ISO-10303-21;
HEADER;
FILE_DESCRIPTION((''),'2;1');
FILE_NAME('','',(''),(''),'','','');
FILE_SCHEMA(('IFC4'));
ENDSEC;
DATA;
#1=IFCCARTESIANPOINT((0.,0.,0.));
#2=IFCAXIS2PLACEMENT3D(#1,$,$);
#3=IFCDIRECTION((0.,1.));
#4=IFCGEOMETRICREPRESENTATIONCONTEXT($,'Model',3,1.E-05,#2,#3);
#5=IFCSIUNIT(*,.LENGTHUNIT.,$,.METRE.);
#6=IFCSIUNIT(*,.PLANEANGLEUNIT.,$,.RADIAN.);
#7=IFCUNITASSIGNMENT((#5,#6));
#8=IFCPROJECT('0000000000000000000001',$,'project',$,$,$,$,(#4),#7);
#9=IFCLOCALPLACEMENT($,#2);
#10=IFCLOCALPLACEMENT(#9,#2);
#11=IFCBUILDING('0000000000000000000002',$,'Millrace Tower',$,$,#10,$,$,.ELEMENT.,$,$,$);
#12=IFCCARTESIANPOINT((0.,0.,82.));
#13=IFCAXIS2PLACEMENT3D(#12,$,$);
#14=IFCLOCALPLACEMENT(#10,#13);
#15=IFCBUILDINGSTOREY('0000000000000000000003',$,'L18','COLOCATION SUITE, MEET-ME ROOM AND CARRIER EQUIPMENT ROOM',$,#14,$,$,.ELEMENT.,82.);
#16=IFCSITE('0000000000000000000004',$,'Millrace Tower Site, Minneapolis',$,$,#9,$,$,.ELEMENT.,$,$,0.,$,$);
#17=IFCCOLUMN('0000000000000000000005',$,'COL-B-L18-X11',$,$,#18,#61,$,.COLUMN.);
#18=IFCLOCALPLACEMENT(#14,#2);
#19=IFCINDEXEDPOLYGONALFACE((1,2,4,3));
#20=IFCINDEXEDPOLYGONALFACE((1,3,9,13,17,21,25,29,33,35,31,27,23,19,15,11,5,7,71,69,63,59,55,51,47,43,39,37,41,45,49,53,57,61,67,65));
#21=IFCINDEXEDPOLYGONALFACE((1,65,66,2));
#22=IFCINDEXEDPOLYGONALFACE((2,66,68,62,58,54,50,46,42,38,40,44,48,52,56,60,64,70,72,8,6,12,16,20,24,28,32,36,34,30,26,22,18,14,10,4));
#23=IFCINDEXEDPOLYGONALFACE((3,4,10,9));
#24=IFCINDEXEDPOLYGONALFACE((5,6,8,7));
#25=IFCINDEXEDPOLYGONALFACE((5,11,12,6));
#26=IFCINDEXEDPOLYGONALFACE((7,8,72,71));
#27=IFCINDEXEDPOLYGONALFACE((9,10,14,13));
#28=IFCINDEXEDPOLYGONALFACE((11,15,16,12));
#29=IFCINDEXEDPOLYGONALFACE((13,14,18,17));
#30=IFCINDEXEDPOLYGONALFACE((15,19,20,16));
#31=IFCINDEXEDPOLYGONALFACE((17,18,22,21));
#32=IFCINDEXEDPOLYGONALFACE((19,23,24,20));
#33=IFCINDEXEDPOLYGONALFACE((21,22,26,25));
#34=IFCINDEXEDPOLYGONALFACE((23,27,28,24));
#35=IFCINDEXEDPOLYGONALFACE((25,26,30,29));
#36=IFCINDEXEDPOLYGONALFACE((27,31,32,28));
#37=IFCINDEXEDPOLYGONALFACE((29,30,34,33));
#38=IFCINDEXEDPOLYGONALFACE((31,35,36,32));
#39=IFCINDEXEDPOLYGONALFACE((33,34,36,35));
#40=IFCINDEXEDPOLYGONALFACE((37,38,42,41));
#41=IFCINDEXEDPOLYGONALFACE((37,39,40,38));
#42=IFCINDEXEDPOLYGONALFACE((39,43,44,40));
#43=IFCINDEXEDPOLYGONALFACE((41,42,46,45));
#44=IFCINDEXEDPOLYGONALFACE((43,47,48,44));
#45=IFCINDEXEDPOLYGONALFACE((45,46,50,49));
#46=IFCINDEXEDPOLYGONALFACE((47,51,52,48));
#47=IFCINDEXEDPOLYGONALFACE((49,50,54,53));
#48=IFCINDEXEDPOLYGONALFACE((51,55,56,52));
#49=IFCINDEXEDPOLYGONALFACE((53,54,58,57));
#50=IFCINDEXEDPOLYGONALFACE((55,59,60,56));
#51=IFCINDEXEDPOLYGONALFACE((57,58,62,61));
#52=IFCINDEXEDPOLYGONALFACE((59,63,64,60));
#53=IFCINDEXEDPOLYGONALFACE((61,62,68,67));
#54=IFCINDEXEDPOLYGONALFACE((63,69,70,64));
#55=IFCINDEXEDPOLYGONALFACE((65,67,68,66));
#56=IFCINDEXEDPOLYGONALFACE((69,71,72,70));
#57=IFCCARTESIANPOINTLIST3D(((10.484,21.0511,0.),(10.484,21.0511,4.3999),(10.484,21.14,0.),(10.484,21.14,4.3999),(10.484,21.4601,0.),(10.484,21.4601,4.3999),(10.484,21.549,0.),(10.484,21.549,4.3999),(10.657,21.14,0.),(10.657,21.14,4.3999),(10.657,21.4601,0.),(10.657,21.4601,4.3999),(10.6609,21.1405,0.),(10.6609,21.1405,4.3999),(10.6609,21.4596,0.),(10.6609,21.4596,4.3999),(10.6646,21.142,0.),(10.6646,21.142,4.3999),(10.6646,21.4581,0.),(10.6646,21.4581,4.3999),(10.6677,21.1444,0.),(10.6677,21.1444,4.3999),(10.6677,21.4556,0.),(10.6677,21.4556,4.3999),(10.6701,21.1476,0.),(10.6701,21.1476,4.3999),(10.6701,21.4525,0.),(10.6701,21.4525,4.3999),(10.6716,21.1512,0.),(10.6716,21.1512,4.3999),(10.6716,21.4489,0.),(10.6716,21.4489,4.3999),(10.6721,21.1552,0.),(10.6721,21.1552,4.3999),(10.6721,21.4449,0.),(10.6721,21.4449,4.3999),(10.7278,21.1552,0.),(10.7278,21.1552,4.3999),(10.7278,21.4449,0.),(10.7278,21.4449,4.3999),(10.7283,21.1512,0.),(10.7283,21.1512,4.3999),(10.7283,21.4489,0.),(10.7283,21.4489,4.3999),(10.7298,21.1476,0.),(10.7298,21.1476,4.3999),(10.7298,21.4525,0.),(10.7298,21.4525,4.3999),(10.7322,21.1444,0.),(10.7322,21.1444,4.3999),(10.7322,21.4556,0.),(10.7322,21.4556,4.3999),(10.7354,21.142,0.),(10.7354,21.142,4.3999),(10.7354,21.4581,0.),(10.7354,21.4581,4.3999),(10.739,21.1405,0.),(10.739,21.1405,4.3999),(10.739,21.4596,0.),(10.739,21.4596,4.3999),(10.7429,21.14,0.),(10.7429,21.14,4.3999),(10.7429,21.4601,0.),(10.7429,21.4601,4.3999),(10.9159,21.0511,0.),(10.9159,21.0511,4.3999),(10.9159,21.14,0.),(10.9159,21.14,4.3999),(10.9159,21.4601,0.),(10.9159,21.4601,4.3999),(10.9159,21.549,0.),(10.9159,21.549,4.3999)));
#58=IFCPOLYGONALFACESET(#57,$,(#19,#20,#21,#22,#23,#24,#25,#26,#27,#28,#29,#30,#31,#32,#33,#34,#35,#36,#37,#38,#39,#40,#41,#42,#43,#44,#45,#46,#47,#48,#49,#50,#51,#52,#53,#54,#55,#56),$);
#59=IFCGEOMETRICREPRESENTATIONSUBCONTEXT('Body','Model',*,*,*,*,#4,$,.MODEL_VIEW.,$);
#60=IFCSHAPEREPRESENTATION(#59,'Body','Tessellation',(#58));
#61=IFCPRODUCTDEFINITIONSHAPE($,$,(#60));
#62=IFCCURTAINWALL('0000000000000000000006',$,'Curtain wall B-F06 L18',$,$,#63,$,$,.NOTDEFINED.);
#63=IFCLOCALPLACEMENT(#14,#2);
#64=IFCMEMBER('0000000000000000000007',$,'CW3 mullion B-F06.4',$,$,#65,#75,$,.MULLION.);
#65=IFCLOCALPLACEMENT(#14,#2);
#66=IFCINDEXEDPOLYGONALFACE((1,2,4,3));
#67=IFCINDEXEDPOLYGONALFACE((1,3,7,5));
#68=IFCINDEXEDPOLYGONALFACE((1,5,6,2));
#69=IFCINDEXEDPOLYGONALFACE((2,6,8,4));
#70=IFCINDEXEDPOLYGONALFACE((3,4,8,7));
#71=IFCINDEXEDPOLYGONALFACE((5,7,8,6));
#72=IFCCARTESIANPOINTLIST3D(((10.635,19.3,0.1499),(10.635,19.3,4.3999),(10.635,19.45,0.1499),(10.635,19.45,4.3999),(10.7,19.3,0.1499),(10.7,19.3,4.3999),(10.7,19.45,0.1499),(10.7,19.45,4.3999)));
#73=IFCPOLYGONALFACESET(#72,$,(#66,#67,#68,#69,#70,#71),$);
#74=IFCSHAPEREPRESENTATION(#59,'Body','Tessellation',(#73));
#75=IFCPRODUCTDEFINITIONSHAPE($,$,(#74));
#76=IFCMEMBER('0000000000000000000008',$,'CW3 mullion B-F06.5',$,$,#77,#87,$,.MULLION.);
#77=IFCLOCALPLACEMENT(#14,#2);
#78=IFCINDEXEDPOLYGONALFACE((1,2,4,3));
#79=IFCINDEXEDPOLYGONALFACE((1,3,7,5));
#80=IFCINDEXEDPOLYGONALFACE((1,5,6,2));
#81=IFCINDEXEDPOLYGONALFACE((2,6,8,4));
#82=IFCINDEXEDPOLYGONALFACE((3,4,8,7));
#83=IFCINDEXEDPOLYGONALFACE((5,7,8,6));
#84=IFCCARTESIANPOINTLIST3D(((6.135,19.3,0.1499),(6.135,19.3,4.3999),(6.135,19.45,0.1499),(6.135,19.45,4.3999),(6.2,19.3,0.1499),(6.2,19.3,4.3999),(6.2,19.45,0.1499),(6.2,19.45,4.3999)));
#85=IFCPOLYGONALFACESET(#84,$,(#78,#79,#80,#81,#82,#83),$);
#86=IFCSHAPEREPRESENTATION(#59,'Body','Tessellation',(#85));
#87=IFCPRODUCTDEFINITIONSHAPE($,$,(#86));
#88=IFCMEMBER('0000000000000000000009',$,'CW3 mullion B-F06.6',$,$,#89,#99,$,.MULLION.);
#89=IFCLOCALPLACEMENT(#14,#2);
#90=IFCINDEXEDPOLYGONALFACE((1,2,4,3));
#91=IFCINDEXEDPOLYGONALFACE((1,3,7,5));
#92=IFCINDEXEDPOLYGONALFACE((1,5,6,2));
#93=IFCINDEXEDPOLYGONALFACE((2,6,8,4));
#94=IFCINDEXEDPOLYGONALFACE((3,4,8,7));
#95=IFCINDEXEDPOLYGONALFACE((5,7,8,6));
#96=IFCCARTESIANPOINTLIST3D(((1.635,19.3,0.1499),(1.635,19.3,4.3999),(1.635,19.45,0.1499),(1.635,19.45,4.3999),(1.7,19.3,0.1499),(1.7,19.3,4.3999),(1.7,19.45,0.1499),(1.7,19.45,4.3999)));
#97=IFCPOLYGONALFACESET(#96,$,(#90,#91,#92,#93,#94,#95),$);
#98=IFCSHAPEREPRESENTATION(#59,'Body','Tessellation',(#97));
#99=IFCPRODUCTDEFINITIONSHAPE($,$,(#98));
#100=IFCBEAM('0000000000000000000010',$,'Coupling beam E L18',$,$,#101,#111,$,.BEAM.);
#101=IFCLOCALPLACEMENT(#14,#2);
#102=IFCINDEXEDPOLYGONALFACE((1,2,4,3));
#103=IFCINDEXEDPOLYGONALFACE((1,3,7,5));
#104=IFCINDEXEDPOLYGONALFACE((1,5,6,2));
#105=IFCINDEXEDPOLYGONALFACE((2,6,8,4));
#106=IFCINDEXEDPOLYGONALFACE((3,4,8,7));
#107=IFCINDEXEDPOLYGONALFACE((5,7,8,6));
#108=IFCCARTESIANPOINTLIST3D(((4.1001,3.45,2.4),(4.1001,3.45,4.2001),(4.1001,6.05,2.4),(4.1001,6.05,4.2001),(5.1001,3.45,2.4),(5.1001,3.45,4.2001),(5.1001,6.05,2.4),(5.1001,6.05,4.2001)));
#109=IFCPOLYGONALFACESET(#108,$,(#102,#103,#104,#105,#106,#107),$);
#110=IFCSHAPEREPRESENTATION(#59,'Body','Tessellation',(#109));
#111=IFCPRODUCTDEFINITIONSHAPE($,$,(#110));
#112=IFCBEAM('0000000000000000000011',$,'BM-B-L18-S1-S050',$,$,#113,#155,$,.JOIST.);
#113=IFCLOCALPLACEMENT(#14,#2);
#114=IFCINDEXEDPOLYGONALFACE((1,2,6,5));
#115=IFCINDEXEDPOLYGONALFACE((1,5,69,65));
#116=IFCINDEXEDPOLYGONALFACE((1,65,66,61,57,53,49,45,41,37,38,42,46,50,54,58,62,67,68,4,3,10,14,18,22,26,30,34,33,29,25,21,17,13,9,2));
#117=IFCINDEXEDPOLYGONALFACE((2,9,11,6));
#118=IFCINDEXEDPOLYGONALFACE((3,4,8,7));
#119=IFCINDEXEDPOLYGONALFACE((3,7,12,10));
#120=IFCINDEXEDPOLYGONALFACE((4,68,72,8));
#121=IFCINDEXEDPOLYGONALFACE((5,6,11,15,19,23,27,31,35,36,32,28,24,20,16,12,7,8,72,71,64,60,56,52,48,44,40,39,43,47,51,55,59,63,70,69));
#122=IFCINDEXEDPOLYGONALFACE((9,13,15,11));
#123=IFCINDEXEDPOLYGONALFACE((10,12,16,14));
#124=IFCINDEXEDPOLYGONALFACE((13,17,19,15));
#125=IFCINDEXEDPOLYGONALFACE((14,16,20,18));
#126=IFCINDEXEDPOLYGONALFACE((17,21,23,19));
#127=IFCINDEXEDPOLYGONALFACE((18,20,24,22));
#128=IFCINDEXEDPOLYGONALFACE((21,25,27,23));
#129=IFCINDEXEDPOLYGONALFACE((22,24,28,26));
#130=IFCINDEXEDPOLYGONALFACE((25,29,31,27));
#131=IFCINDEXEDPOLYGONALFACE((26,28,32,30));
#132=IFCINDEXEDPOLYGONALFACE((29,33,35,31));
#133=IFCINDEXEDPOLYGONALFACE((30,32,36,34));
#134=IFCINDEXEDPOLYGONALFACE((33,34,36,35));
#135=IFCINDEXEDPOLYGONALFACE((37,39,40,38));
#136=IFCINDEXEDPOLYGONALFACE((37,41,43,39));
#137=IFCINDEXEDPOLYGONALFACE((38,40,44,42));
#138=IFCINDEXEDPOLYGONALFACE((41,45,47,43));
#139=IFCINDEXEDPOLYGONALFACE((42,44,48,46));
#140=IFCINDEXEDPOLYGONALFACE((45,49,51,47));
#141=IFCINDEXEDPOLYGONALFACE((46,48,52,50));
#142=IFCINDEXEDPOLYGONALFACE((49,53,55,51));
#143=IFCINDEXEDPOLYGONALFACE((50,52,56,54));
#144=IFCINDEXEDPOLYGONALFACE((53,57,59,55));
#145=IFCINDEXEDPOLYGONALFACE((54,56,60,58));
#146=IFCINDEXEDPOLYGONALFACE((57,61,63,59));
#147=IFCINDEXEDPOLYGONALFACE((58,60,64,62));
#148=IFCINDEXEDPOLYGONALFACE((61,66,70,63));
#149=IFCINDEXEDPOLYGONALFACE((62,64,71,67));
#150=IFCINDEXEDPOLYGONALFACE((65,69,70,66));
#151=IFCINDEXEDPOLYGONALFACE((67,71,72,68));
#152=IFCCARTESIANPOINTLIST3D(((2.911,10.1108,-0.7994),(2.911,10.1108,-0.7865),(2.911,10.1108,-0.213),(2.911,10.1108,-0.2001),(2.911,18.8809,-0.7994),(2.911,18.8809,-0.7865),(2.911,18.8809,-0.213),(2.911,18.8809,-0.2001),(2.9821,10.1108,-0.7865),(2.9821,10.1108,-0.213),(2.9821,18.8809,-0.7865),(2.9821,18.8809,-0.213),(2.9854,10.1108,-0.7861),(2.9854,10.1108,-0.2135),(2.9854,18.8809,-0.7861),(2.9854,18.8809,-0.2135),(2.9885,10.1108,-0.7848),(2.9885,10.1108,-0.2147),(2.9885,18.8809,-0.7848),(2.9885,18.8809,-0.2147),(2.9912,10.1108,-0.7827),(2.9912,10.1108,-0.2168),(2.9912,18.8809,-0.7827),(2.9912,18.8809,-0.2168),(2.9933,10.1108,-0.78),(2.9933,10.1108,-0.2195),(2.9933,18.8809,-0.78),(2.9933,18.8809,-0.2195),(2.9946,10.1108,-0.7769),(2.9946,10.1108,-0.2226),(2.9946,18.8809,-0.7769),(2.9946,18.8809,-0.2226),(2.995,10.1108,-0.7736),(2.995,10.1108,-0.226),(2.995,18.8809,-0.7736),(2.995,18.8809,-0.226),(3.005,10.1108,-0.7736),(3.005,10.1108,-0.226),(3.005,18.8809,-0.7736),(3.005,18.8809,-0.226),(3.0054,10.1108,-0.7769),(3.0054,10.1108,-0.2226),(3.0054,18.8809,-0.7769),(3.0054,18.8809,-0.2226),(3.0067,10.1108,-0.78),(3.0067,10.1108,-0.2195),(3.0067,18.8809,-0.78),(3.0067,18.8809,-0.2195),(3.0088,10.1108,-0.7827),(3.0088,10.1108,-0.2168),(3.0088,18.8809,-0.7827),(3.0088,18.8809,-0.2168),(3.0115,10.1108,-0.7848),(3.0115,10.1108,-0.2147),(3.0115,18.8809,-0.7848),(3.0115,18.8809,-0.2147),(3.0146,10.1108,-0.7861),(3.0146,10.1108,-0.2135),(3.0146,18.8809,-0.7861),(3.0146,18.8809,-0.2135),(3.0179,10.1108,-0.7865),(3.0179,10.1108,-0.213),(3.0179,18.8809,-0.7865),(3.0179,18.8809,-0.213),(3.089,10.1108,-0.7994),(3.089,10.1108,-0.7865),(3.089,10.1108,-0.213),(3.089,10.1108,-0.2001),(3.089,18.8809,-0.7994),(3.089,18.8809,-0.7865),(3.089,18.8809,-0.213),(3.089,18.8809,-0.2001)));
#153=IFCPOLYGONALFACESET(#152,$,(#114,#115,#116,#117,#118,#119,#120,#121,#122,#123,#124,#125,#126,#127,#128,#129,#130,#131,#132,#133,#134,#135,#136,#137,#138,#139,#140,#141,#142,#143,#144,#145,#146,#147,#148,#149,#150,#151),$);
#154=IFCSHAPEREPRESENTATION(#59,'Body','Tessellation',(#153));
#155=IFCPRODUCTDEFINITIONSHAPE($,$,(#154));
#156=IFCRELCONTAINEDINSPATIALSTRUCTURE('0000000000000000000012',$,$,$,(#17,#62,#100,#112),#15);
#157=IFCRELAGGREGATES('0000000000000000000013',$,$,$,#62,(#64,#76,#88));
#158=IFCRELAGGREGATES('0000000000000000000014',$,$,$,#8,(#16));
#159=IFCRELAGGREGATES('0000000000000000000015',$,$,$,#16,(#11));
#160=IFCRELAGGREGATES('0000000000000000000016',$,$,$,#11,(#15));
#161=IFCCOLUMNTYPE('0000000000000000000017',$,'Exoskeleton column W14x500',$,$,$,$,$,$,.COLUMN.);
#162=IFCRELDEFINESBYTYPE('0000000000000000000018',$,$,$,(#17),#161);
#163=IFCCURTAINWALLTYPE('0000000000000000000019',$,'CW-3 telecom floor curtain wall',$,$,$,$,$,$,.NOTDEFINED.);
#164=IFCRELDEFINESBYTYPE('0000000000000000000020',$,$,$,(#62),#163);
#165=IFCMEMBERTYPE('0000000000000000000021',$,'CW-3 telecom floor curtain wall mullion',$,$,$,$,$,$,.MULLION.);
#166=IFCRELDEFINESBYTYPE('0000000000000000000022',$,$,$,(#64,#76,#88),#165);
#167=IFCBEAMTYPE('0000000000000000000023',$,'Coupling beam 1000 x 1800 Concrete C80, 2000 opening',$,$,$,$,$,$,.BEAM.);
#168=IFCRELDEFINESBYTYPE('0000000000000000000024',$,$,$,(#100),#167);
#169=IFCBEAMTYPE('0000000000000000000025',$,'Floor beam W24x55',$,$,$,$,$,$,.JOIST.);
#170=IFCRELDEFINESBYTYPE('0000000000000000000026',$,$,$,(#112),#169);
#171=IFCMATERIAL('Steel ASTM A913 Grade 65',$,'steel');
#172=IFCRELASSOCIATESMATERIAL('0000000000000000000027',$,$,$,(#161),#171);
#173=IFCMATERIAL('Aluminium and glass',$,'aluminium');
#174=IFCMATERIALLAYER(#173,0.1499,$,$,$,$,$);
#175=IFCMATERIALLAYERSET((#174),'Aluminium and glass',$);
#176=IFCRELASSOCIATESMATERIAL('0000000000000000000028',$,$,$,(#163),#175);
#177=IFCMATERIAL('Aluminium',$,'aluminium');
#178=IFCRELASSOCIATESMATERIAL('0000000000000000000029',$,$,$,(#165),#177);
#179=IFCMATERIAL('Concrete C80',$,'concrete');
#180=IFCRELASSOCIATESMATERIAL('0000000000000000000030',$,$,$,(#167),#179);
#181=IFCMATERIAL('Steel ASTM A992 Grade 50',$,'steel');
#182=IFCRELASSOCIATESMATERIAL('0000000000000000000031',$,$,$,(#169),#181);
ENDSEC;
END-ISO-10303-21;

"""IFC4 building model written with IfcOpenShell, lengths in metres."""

from ifc_helpers import new_model, si_unit, direction, frame, origin, origin_2d, place, context, subcontext, project, spatial, rectangle, i_section, extrude, material, layer, layer_set, material_profile, profile_set, type_object, element, aggregate, save


model = new_model("IFC4")

# Units and contexts
model_context = context("Model", 3, precision=1e-05, world=origin(), true_north=direction((0.0, 1.0)))
body_context = subcontext(model_context, "Body", "Model", "MODEL_VIEW")
ifc_project = project(units=[si_unit("LENGTHUNIT", "METRE"), si_unit("PLANEANGLEUNIT", "RADIAN")], contexts=[model_context])

# Site, building, storey
site_placement = place(None, origin())
site = spatial("IfcSite", under=ifc_project, at=site_placement, Name="Millrace Tower Site, Minneapolis", CompositionType="ELEMENT", RefElevation=0.0)
building_placement = place(site_placement, origin())
building = spatial("IfcBuilding", under=site, at=building_placement, Name="Millrace Tower", CompositionType="ELEMENT")
storey_placement = place(building_placement, frame((0.0, 0.0, 82.0)))
storey = spatial("IfcBuildingStorey", under=building, at=storey_placement, Name="L18", Description="COLOCATION SUITE, MEET-ME ROOM AND CARRIER EQUIPMENT ROOM", CompositionType="ELEMENT", Elevation=82.0)

# Column
ifc_material_1 = material(Name="Steel ASTM A913 Grade 65", Category="steel")
ifc_material_profile_1 = material_profile(ifc_material_1, i_section(OverallWidth=0.4319, OverallDepth=0.4978, WebThickness=0.0557, FlangeThickness=0.0889, FilletRadius=0.0151, at=origin_2d()))
ifc_profile_set_1 = profile_set([ifc_material_profile_1], Name="Steel ASTM A913 Grade 65")
column_type = type_object("IfcColumnType", Name="Exoskeleton column W14x500", PredefinedType="COLUMN", material=ifc_profile_set_1)
column_placement = place(storey_placement, frame((10.7, 21.3, 0.0), z_axis=(0.0, 0.0, 1.0), x_axis=(-1.0, 0.0, 0.0)))
element("IfcColumn", 1, at=column_placement, inside=storey, type_object=column_type, Name="COL-B-L18-X11", PredefinedType="COLUMN", context=body_context, shape_type="SweptSolid", body=[
    extrude(i_section(OverallWidth=0.4319, OverallDepth=0.4978, WebThickness=0.0557, FlangeThickness=0.0889, FilletRadius=0.0151, at=origin_2d()), origin(), (0.0, 0.0, 1.0), 4.3999),
])

# Curtain wall, members
ifc_material_2 = material(Name="Aluminium and glass", Category="aluminium")
ifc_layer_1 = layer(ifc_material_2, 0.1499)
ifc_layer_set_1 = layer_set([ifc_layer_1], Name="Aluminium and glass")
curtain_wall_type = type_object("IfcCurtainWallType", Name="CW-3 telecom floor curtain wall", PredefinedType="NOTDEFINED", material=ifc_layer_set_1)
curtain_wall_placement = place(storey_placement, origin())
curtain_wall = element("IfcCurtainWall", 2, at=curtain_wall_placement, inside=storey, type_object=curtain_wall_type, Name="Curtain wall B-F06 L18", PredefinedType="NOTDEFINED")
ifc_material_3 = material(Name="Aluminium", Category="aluminium")
ifc_material_profile_2 = material_profile(ifc_material_3, rectangle(XDim=0.0649, YDim=0.1499, at=origin_2d()))
ifc_profile_set_2 = profile_set([ifc_material_profile_2], Name="Aluminium")
member_type = type_object("IfcMemberType", Name="CW-3 telecom floor curtain wall mullion", PredefinedType="MULLION", material=ifc_profile_set_2)
member_1_placement = place(storey_placement, frame((10.6675, 19.375, 0.1499), z_axis=(0.0, 0.0, 1.0), x_axis=(-1.0, 0.0, 0.0)))
member_1 = element("IfcMember", 3, at=member_1_placement, type_object=member_type, Name="CW3 mullion B-F06.4", PredefinedType="MULLION", context=body_context, shape_type="SweptSolid", body=[
    extrude(rectangle(XDim=0.0649, YDim=0.1499, at=origin_2d()), origin(), (0.0, 0.0, 1.0), 4.25),
])
member_2_placement = place(storey_placement, frame((6.1675, 19.375, 0.1499), z_axis=(0.0, 0.0, 1.0), x_axis=(-1.0, 0.0, 0.0)))
member_2 = element("IfcMember", 4, at=member_2_placement, type_object=member_type, Name="CW3 mullion B-F06.5", PredefinedType="MULLION", context=body_context, shape_type="SweptSolid", body=[
    extrude(rectangle(XDim=0.0649, YDim=0.1499, at=origin_2d()), origin(), (0.0, 0.0, 1.0), 4.25),
])
member_3_placement = place(storey_placement, frame((1.6675, 19.375, 0.1499), z_axis=(0.0, 0.0, 1.0), x_axis=(-1.0, 0.0, 0.0)))
member_3 = element("IfcMember", 5, at=member_3_placement, type_object=member_type, Name="CW3 mullion B-F06.6", PredefinedType="MULLION", context=body_context, shape_type="SweptSolid", body=[
    extrude(rectangle(XDim=0.0649, YDim=0.1499, at=origin_2d()), origin(), (0.0, 0.0, 1.0), 4.25),
])
aggregate(curtain_wall, [member_1, member_2, member_3])

# Beams
ifc_material_4 = material(Name="Concrete C80", Category="concrete")
ifc_material_profile_3 = material_profile(ifc_material_4, rectangle(XDim=1.0, YDim=1.8, at=origin_2d()))
ifc_profile_set_3 = profile_set([ifc_material_profile_3], Name="Concrete C80")
beam_type_1 = type_object("IfcBeamType", Name="Coupling beam 1000 x 1800 Concrete C80, 2000 opening", PredefinedType="BEAM", material=ifc_profile_set_3)
beam_1_placement = place(storey_placement, frame((4.6001, 6.05, 3.3), z_axis=(0.0, -1.0, 0.0), x_axis=(1.0, 0.0, 0.0)))
element("IfcBeam", 6, at=beam_1_placement, inside=storey, type_object=beam_type_1, Name="Coupling beam E L18", PredefinedType="BEAM", context=body_context, shape_type="SweptSolid", body=[
    extrude(rectangle(XDim=1.0, YDim=1.8, at=origin_2d()), origin(), (0.0, 0.0, 1.0), 2.6001),
])
ifc_material_5 = material(Name="Steel ASTM A992 Grade 50", Category="steel")
ifc_material_profile_4 = material_profile(ifc_material_5, i_section(OverallWidth=0.178, OverallDepth=0.5994, WebThickness=0.01, FlangeThickness=0.0129, FilletRadius=0.0129, at=origin_2d()))
ifc_profile_set_4 = profile_set([ifc_material_profile_4], Name="Steel ASTM A992 Grade 50")
beam_type_2 = type_object("IfcBeamType", Name="Floor beam W24x55", PredefinedType="JOIST", material=ifc_profile_set_4)
beam_2_placement = place(storey_placement, frame((3.0, 10.1108, -0.4998), z_axis=(0.0, 1.0, 0.0), x_axis=(-1.0, 0.0, 0.0)))
element("IfcBeam", 7, at=beam_2_placement, inside=storey, type_object=beam_type_2, Name="BM-B-L18-S1-S050", PredefinedType="JOIST", context=body_context, shape_type="SweptSolid", body=[
    extrude(i_section(OverallWidth=0.178, OverallDepth=0.5994, WebThickness=0.01, FlangeThickness=0.0129, FilletRadius=0.0129, at=origin_2d()), origin(), (0.0, 0.0, 1.0), 8.77),
])

save(model, "model.ifc")
